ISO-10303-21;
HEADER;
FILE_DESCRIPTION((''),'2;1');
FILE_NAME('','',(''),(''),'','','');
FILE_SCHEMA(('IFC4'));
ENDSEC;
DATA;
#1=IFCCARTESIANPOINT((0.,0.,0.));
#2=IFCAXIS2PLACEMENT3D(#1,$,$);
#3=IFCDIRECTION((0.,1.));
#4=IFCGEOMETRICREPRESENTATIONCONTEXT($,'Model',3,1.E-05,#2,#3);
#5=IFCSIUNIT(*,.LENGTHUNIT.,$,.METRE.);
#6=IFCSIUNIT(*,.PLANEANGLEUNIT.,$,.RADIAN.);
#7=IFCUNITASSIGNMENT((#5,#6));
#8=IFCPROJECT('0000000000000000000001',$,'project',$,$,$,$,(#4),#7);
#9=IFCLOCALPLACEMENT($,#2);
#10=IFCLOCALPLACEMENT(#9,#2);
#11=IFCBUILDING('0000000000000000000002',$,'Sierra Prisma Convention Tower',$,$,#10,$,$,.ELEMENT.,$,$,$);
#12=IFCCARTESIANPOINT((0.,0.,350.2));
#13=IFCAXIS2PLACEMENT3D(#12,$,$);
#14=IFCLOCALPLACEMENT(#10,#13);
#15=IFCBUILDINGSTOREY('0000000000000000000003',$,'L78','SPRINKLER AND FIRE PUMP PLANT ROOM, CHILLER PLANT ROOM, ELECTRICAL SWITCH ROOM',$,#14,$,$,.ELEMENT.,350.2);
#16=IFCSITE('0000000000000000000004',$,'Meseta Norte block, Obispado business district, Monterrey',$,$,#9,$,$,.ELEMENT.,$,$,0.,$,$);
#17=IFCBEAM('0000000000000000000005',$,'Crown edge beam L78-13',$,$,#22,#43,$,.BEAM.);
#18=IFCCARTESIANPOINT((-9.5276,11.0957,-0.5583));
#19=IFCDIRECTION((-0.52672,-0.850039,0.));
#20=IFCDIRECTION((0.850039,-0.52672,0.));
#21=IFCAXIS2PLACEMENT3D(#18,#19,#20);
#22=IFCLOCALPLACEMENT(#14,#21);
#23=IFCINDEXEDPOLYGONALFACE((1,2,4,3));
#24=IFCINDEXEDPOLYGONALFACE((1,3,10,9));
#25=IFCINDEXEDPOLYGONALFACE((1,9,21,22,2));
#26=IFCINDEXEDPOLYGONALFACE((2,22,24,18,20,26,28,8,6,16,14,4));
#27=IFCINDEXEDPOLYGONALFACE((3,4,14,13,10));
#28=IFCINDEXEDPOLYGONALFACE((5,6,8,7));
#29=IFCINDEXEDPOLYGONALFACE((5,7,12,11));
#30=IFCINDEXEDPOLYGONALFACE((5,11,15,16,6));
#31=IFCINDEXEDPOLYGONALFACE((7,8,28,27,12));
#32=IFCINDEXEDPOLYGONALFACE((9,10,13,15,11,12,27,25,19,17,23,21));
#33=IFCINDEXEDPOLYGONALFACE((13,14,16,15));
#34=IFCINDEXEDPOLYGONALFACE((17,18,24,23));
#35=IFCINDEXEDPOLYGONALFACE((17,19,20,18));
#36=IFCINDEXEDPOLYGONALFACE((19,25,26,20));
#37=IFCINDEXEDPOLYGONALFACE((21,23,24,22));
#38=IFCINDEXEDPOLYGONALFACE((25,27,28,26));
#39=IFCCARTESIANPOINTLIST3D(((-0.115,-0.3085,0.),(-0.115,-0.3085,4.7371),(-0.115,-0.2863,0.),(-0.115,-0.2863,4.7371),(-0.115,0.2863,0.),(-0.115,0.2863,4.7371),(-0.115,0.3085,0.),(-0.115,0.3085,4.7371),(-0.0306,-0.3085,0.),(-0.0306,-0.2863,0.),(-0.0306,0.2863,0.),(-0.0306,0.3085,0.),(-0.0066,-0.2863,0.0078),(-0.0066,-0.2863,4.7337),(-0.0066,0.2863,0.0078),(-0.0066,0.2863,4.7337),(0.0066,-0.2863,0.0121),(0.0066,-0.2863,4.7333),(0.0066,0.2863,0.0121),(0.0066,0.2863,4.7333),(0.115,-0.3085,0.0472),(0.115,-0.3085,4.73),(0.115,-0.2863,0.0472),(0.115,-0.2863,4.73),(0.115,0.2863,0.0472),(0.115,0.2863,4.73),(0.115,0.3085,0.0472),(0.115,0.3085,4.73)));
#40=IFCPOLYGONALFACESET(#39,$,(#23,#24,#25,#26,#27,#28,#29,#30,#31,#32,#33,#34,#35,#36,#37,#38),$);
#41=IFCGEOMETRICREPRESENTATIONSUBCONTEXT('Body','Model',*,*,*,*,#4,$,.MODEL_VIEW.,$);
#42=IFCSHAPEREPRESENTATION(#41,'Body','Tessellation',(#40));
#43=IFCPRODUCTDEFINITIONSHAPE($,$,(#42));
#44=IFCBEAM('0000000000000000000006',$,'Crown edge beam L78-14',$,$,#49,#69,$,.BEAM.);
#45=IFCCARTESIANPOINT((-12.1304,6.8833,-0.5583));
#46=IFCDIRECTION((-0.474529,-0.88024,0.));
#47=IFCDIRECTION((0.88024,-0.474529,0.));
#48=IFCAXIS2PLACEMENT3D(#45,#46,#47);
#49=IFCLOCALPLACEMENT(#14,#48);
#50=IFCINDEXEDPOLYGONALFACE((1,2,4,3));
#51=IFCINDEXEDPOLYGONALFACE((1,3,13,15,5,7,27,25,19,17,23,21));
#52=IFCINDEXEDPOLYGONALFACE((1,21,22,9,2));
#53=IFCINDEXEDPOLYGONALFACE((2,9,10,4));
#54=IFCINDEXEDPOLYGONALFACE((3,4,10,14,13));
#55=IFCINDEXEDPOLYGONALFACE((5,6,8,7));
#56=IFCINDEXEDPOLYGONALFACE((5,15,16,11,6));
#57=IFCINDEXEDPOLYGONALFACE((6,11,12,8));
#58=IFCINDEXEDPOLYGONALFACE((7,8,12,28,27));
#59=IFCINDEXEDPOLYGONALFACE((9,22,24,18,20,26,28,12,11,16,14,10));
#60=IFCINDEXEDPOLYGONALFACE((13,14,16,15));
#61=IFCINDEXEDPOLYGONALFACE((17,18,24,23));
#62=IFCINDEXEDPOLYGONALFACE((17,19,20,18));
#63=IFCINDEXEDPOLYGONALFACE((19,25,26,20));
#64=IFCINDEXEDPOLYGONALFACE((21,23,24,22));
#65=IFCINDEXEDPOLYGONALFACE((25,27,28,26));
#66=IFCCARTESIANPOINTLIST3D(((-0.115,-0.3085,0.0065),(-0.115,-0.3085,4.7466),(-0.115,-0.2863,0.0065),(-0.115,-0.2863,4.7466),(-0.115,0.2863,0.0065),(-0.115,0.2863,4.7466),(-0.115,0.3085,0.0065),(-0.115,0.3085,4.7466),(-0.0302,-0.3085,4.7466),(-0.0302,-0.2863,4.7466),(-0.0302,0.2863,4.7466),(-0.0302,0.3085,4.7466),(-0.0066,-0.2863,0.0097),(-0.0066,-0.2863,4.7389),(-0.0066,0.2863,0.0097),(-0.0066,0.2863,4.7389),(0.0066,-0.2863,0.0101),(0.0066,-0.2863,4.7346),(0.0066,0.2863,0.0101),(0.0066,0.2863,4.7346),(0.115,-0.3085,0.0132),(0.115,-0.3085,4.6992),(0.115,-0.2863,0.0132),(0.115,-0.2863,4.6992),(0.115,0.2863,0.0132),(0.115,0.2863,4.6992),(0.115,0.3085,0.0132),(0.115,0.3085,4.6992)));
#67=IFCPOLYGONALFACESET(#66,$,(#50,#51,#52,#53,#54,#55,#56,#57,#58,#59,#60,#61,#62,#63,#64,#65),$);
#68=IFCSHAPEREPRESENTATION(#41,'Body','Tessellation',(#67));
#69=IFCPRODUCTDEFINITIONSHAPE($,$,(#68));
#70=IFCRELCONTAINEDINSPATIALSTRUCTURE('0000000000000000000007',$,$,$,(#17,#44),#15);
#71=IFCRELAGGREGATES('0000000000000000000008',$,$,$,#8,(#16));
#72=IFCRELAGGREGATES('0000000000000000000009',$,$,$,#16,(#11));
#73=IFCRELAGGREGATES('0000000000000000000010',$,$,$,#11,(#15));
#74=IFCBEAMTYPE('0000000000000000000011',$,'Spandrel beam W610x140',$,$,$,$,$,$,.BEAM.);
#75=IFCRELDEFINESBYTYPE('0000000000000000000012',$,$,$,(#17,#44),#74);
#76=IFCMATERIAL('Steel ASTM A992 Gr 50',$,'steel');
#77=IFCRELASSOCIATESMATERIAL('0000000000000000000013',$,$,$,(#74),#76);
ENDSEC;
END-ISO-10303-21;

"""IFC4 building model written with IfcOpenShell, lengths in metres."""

from ifc_helpers import new_model, si_unit, direction, frame, origin, origin_2d, place, context, subcontext, project, spatial, i_section, extrude, clip, halfspace, material, material_profile, profile_set, type_object, element, save


model = new_model("IFC4")

# Units and contexts
model_context = context("Model", 3, precision=1e-05, world=origin(), true_north=direction((0.0, 1.0)))
body_context = subcontext(model_context, "Body", "Model", "MODEL_VIEW")
ifc_project = project(units=[si_unit("LENGTHUNIT", "METRE"), si_unit("PLANEANGLEUNIT", "RADIAN")], contexts=[model_context])

# Site, building, storey
site_placement = place(None, origin())
site = spatial("IfcSite", under=ifc_project, at=site_placement, Name="Meseta Norte block, Obispado business district, Monterrey", CompositionType="ELEMENT", RefElevation=0.0)
building_placement = place(site_placement, origin())
building = spatial("IfcBuilding", under=site, at=building_placement, Name="Sierra Prisma Convention Tower", CompositionType="ELEMENT")
storey_placement = place(building_placement, frame((0.0, 0.0, 350.2)))
storey = spatial("IfcBuildingStorey", under=building, at=storey_placement, Name="L78", Description="SPRINKLER AND FIRE PUMP PLANT ROOM, CHILLER PLANT ROOM, ELECTRICAL SWITCH ROOM", CompositionType="ELEMENT", Elevation=350.2)

# Beams
ifc_material_1 = material(Name="Steel ASTM A992 Gr 50", Category="steel")
ifc_material_profile_1 = material_profile(ifc_material_1, i_section(OverallWidth=0.23, OverallDepth=0.6169, WebThickness=0.0132, FlangeThickness=0.0222, at=origin_2d()), Name="W610x140")
ifc_profile_set_1 = profile_set([ifc_material_profile_1], Name="Steel ASTM A992 Gr 50")
beam_type_1 = type_object("IfcBeamType", Name="Spandrel beam W610x140", PredefinedType="BEAM", material=ifc_profile_set_1)
beam_1_placement = place(storey_placement, frame((-9.5276, 11.0957, -0.5583), z_axis=(-0.52672, -0.850039, 0.0), x_axis=(0.850039, -0.52672, 0.0)))
element("IfcBeam", 1, at=beam_1_placement, inside=storey, type_object=beam_type_1, Name="Crown edge beam L78-13", PredefinedType="BEAM", context=body_context, shape_type="SweptSolid", body=[
    clip(clip(extrude(i_section(OverallWidth=0.23, OverallDepth=0.6169, WebThickness=0.0132, FlangeThickness=0.0222, at=origin_2d()), origin(), (0.0, 0.0, 1.0), 4.7437), halfspace(frame((-0.0352, 0.0, -0.0015), z_axis=(-0.308578, 0.0, 0.951199), x_axis=(0.951199, 0.0, 0.308578)), True)), halfspace(frame((-0.0034, 0.0, 4.7336), z_axis=(-0.031133, 0.0, -0.999515), x_axis=(0.999515, 0.0, -0.031133)), True)),
])
beam_2_placement = place(storey_placement, frame((-12.1304, 6.8833, -0.5583), z_axis=(-0.474529, -0.88024, 0.0), x_axis=(0.88024, -0.474529, 0.0)))
element("IfcBeam", 2, at=beam_2_placement, inside=storey, type_object=beam_type_1, Name="Crown edge beam L78-14", PredefinedType="BEAM", context=body_context, shape_type="SweptSolid", body=[
    clip(clip(extrude(i_section(OverallWidth=0.23, OverallDepth=0.6169, WebThickness=0.0132, FlangeThickness=0.0222, at=origin_2d()), origin(), (0.0, 0.0, 1.0), 4.7466), halfspace(frame((-0.0034, 0.0, 0.0098), z_axis=(-0.029166, 0.0, 0.999575), x_axis=(0.999575, 0.0, 0.029166)), True)), halfspace(frame((-0.0354, 0.0, 4.7483), z_axis=(-0.310449, 0.0, -0.95059), x_axis=(0.95059, 0.0, -0.310449)), True)),
])

save(model, "model.ifc")
